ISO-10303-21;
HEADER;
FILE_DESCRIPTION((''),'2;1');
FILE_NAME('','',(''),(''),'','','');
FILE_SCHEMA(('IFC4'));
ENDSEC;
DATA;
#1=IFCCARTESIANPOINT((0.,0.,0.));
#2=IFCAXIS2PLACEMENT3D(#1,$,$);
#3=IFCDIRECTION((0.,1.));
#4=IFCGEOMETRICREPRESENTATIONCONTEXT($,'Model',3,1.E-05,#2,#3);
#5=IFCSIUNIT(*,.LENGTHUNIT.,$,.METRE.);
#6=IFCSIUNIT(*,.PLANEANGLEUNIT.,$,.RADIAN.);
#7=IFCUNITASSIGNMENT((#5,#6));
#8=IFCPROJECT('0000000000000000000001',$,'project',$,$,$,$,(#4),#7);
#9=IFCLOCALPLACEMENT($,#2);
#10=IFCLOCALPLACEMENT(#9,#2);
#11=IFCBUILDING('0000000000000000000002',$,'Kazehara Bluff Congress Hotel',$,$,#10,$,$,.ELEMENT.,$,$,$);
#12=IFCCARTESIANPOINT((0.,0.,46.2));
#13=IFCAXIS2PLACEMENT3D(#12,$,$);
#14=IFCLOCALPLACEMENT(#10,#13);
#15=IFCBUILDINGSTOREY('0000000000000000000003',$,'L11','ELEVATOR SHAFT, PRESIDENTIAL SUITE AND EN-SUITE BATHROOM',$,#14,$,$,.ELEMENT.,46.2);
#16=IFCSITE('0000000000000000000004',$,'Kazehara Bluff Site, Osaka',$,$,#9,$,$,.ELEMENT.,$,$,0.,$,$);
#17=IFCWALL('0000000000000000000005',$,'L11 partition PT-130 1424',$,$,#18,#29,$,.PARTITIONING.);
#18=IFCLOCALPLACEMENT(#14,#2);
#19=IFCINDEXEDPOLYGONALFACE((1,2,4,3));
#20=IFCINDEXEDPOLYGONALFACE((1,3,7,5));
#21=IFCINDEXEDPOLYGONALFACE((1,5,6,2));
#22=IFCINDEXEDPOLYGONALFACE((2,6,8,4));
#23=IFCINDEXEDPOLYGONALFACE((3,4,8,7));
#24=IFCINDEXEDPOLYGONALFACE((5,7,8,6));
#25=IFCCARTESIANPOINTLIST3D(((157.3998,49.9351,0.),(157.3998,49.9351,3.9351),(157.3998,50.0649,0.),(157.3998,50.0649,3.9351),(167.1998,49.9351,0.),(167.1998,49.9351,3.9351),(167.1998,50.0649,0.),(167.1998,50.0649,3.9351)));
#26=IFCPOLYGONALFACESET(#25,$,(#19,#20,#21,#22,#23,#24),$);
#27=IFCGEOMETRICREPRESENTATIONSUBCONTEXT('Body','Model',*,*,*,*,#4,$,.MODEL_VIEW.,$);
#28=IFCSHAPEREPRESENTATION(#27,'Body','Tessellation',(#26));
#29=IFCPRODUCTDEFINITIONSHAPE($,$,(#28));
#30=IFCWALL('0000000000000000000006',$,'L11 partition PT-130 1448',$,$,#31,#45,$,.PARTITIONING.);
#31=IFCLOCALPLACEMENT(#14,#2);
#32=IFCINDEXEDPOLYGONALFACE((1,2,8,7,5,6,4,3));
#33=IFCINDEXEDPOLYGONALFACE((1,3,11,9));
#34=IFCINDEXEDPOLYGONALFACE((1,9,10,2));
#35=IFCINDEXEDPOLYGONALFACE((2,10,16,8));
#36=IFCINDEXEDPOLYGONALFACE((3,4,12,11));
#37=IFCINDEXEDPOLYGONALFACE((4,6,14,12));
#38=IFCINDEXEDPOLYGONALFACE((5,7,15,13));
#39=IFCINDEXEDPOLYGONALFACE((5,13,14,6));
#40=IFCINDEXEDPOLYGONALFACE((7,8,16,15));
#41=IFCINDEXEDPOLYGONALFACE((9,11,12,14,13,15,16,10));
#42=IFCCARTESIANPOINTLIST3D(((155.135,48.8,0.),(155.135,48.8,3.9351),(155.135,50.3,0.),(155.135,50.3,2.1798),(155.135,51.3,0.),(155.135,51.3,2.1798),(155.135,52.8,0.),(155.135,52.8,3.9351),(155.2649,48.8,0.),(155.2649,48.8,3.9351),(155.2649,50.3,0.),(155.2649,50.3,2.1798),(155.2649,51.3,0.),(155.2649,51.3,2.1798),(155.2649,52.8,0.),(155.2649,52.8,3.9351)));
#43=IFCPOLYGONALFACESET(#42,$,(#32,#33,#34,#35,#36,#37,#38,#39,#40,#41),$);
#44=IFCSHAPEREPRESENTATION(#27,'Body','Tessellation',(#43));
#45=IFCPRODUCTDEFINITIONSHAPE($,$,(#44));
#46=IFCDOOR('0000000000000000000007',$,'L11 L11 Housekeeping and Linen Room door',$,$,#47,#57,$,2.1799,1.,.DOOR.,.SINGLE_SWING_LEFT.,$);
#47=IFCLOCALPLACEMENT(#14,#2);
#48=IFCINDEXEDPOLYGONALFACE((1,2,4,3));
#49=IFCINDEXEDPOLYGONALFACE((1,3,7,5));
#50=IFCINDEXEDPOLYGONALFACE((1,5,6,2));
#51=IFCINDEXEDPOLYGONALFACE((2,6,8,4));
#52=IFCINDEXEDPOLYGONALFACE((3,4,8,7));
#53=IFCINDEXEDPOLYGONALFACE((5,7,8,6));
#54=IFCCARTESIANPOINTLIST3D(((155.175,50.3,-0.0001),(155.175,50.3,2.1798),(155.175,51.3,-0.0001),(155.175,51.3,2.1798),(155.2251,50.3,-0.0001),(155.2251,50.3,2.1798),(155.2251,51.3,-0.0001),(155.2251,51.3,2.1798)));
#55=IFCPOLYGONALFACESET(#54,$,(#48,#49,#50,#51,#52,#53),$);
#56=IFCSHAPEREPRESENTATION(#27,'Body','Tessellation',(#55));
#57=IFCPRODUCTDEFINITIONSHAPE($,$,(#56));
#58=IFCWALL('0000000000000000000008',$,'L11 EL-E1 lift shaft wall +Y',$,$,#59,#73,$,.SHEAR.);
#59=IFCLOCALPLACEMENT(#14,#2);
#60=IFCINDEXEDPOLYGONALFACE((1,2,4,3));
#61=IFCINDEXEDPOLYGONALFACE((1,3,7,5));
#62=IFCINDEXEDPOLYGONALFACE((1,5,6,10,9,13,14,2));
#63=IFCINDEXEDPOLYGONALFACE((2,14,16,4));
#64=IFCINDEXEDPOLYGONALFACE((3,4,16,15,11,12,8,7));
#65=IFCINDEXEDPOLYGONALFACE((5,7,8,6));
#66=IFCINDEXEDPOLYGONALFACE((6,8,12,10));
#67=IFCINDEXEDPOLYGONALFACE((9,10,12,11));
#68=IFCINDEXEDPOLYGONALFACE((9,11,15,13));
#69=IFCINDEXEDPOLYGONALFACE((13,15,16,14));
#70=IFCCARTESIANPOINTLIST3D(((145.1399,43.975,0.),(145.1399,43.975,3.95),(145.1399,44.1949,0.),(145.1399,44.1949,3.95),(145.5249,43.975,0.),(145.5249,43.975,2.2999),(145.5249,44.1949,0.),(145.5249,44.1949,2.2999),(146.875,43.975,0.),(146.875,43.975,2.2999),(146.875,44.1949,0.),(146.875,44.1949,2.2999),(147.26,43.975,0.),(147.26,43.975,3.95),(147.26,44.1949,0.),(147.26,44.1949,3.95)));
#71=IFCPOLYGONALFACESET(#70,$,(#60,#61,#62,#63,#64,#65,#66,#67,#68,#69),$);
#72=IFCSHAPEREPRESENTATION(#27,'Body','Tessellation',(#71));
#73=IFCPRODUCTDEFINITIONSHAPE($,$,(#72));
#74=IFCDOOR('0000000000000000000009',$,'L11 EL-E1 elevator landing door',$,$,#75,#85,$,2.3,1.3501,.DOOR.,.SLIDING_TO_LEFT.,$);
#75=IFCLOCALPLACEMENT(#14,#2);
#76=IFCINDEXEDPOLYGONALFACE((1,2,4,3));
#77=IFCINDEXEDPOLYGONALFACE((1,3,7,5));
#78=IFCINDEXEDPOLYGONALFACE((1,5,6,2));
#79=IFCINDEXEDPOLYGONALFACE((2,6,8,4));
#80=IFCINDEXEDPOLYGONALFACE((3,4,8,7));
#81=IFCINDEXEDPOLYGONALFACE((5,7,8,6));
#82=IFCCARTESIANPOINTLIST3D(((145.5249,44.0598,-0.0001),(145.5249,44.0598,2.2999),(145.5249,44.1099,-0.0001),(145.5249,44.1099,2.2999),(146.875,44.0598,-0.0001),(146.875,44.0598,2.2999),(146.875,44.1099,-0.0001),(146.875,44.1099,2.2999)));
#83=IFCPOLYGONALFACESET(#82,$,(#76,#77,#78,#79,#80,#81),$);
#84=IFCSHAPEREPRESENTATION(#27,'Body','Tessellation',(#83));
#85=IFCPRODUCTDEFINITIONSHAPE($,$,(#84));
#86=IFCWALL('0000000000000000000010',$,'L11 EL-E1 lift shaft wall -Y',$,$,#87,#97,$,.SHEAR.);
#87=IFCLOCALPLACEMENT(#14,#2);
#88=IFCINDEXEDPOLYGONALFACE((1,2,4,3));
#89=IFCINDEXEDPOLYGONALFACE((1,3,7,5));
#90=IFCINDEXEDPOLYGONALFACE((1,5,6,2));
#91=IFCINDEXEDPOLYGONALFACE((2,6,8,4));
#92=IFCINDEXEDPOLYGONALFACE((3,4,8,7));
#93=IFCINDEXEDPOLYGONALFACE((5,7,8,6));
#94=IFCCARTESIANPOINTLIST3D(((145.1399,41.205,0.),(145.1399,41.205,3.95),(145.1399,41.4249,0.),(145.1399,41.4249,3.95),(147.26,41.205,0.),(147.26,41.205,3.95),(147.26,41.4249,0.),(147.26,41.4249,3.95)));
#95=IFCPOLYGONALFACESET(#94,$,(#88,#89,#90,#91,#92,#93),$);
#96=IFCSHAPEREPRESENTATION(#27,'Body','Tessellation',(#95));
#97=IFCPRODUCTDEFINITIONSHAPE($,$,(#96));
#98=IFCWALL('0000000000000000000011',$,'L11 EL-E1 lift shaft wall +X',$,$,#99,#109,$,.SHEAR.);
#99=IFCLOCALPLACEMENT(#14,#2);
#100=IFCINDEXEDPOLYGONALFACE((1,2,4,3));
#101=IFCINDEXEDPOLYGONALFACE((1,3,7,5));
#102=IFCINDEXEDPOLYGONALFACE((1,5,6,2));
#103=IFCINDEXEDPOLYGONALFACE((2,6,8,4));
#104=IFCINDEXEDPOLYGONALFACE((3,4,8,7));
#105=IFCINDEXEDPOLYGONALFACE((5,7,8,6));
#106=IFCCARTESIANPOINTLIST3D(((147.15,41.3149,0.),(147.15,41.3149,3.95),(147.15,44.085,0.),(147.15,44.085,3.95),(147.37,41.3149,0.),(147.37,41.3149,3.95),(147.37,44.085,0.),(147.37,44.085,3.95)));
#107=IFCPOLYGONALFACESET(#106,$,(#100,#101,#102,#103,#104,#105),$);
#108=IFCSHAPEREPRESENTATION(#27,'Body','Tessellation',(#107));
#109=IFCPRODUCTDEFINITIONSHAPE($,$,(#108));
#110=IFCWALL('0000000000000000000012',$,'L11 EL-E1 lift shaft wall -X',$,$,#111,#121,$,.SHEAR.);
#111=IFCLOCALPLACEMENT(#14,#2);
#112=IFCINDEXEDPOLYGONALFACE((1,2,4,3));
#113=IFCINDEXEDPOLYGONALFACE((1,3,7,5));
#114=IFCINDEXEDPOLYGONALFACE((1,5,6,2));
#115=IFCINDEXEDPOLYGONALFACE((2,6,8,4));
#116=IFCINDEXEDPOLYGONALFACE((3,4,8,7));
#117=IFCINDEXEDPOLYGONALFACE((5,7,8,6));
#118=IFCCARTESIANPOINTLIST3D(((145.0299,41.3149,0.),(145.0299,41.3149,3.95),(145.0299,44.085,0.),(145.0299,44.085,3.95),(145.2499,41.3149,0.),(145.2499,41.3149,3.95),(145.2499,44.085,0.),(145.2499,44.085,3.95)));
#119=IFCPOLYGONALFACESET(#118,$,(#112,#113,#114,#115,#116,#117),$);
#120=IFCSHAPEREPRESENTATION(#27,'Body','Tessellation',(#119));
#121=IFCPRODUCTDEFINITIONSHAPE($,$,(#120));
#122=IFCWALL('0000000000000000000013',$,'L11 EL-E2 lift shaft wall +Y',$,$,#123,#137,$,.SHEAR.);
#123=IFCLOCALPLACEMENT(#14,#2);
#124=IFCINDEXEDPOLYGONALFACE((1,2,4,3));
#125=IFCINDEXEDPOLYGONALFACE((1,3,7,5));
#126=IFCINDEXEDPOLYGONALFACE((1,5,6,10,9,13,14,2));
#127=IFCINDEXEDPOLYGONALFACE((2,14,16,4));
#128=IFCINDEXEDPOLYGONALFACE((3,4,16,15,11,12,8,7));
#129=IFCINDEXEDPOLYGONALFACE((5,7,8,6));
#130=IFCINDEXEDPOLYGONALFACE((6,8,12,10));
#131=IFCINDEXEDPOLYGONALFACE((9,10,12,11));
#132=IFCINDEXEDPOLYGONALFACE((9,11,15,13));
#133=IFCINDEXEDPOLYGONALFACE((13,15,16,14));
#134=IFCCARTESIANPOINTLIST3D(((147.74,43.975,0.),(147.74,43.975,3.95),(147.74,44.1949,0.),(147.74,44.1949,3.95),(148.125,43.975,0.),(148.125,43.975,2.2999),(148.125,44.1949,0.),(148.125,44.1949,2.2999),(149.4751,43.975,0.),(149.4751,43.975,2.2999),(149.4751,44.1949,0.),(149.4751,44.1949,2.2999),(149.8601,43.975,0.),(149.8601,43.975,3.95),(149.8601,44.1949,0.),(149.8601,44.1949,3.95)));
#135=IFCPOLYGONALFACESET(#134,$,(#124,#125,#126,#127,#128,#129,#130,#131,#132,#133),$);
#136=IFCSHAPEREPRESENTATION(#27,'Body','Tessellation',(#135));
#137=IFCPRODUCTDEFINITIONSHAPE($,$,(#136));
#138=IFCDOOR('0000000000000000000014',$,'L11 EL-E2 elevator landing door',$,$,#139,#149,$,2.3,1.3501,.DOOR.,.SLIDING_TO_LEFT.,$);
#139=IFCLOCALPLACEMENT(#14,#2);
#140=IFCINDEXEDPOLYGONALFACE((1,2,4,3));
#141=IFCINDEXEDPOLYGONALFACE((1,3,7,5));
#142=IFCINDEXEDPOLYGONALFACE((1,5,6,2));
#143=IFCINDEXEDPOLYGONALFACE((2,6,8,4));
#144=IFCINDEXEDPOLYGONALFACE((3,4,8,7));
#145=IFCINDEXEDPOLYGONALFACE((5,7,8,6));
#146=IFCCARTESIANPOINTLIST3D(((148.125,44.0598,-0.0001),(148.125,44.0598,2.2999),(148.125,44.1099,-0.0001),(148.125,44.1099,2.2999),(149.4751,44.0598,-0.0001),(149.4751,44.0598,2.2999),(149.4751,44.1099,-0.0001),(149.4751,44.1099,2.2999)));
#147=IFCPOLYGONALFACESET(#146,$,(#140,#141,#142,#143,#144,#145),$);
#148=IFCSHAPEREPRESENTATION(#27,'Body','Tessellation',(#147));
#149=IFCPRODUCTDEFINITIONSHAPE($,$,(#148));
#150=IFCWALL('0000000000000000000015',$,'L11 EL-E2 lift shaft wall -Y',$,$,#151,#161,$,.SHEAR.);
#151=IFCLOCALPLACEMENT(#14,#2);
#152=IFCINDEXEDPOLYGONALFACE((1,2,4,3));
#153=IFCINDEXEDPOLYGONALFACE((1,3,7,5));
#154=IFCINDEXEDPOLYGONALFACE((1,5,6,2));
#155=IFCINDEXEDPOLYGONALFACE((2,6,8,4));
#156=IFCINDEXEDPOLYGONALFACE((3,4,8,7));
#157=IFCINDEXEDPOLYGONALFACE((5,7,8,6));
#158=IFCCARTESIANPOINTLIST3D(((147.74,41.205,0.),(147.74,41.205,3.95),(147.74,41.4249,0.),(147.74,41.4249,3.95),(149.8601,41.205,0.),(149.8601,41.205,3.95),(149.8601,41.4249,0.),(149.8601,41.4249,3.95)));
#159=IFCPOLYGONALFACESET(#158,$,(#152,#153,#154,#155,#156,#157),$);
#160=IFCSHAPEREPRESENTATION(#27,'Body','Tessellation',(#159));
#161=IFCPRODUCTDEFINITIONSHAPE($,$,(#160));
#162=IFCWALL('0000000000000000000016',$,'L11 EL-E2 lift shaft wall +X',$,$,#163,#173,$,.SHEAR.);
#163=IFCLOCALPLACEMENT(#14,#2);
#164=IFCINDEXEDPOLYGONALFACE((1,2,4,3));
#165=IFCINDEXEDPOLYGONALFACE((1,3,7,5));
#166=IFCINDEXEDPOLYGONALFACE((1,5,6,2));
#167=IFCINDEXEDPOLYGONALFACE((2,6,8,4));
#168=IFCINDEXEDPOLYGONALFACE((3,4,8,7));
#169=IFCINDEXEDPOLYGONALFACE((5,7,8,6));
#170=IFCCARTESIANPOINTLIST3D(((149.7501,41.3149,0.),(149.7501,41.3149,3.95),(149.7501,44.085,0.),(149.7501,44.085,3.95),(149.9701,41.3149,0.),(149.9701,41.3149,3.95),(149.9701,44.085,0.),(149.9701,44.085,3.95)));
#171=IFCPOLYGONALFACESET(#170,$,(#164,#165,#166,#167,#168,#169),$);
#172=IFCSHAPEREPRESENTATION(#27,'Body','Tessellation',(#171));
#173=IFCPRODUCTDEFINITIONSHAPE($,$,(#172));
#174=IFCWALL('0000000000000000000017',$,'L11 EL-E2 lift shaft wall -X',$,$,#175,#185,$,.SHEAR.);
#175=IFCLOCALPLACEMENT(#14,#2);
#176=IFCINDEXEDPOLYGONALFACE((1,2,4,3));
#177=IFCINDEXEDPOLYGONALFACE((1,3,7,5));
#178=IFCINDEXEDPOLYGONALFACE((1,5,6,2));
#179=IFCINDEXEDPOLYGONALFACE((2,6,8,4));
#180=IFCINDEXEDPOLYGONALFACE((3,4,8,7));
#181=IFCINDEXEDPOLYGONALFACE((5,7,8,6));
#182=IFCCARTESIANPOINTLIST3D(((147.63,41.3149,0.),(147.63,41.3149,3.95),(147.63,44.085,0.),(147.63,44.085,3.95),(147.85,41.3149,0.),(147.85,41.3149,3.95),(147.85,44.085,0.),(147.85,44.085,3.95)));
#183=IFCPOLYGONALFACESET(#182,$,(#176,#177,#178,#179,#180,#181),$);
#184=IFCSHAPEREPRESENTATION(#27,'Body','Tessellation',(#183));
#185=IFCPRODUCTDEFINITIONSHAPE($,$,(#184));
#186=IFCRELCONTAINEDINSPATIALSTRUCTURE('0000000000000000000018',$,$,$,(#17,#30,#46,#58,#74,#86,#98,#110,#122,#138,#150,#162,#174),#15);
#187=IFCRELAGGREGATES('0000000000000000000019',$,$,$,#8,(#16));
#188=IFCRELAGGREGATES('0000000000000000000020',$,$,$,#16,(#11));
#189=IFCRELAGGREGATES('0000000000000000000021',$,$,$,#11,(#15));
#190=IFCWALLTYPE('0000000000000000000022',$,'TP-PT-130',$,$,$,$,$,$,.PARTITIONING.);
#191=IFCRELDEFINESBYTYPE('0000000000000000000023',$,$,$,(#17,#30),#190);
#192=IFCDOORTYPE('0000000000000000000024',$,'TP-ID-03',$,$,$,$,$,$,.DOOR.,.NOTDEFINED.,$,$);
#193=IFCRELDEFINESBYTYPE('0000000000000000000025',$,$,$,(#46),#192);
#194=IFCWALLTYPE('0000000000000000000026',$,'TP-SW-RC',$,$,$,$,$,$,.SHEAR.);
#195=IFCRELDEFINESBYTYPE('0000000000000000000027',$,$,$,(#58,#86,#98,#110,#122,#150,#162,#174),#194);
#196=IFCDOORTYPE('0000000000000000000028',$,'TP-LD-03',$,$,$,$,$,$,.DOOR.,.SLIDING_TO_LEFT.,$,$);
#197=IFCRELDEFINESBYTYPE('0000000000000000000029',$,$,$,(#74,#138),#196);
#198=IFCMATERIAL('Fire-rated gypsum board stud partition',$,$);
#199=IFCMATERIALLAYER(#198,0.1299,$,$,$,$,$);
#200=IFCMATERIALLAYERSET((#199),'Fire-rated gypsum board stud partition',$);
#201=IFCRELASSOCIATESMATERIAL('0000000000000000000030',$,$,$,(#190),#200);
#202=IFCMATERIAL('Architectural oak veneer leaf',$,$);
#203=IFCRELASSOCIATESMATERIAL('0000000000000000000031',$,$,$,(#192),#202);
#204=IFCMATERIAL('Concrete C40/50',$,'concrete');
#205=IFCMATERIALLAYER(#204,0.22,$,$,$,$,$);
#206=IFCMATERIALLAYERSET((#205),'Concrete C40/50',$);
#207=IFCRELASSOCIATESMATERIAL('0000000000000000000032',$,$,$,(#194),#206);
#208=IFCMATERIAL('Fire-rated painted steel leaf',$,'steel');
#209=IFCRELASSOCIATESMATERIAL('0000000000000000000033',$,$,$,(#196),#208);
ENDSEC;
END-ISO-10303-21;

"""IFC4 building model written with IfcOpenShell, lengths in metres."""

from ifc_helpers import new_model, si_unit, direction, frame, frame_2d, origin, place, context, subcontext, project, spatial, rectangle, extrude, material, layer, layer_set, type_object, element, fill, save


model = new_model("IFC4")

# Units and contexts
model_context = context("Model", 3, precision=1e-05, world=origin(), true_north=direction((0.0, 1.0)))
body_context = subcontext(model_context, "Body", "Model", "MODEL_VIEW")
ifc_project = project(units=[si_unit("LENGTHUNIT", "METRE"), si_unit("PLANEANGLEUNIT", "RADIAN")], contexts=[model_context])

# Site, building, storey
site_placement = place(None, origin())
site = spatial("IfcSite", under=ifc_project, at=site_placement, Name="Kazehara Bluff Site, Osaka", CompositionType="ELEMENT", RefElevation=0.0)
building_placement = place(site_placement, origin())
building = spatial("IfcBuilding", under=site, at=building_placement, Name="Kazehara Bluff Congress Hotel", CompositionType="ELEMENT")
storey_placement = place(building_placement, frame((0.0, 0.0, 46.2)))
storey = spatial("IfcBuildingStorey", under=building, at=storey_placement, Name="L11", Description="ELEVATOR SHAFT, PRESIDENTIAL SUITE AND EN-SUITE BATHROOM", CompositionType="ELEMENT", Elevation=46.2)

# Wall
ifc_material_1 = material(Name="Fire-rated gypsum board stud partition")
ifc_layer_1 = layer(ifc_material_1, 0.1299)
ifc_layer_set_1 = layer_set([ifc_layer_1], Name="Fire-rated gypsum board stud partition")
wall_type_1 = type_object("IfcWallType", Name="TP-PT-130", PredefinedType="PARTITIONING", material=ifc_layer_set_1)
wall_1_placement = place(storey_placement, frame((157.3999, 50.0, 0.0), z_axis=(0.0, 0.0, 1.0), x_axis=(1.0, 0.0, 0.0)))
element("IfcWall", 1, at=wall_1_placement, inside=storey, type_object=wall_type_1, Name="L11 partition PT-130 1424", PredefinedType="PARTITIONING", context=body_context, shape_type="SweptSolid", body=[
    extrude(rectangle(XDim=9.8, YDim=0.1299, at=frame_2d((4.8999, 0.0))), origin(), (0.0, 0.0, 1.0), 3.9351),
])

# Walls, openings, doors
wall_2_placement = place(storey_placement, frame((155.2, 48.8, 0.0), z_axis=(0.0, 0.0, 1.0), x_axis=(0.0, 1.0, 0.0)))
wall_2 = element("IfcWall", 2, at=wall_2_placement, inside=storey, type_object=wall_type_1, Name="L11 partition PT-130 1448", PredefinedType="PARTITIONING", context=body_context, shape_type="SweptSolid", body=[
    extrude(rectangle(XDim=4.0, YDim=0.1299, at=frame_2d((2.0, 0.0))), origin(), (0.0, 0.0, 1.0), 3.9351),
])
opening_1_placement = place(wall_2_placement, frame((1.5, 0.0, 0.0)))
opening_1 = element("IfcOpeningElement", 3, at=opening_1_placement, cuts=wall_2, PredefinedType="OPENING", context=body_context, shape_type="SweptSolid", body=[
    extrude(rectangle(XDim=1.0, YDim=2.1799, at=frame_2d((0.5, 1.0898))), frame((0.0, 0.075, 0.0), z_axis=(0.0, -1.0, 0.0), x_axis=(1.0, 0.0, 0.0)), (0.0, 0.0, 1.0), 0.1499),
])
ifc_material_2 = material(Name="Architectural oak veneer leaf")
door_type_1 = type_object("IfcDoorType", Name="TP-ID-03", OperationType="NOTDEFINED", PredefinedType="DOOR", material=ifc_material_2)
door_1_placement = place(opening_1_placement, origin())
door_1 = element("IfcDoor", 4, at=door_1_placement, inside=storey, type_object=door_type_1, Name="L11 L11 Housekeeping and Linen Room door", OperationType="SINGLE_SWING_LEFT", OverallHeight=2.1799, OverallWidth=1.0, PredefinedType="DOOR", context=body_context, shape_type="SweptSolid", body=[
    extrude(rectangle(XDim=1.0, YDim=2.1799, at=frame_2d((0.5, 1.0898))), frame((0.0, 0.0249, 0.0), z_axis=(0.0, -1.0, 0.0), x_axis=(1.0, 0.0, 0.0)), (0.0, 0.0, 1.0), 0.05),
])
fill(opening_1, door_1)
ifc_material_3 = material(Name="Concrete C40/50", Category="concrete")
ifc_layer_2 = layer(ifc_material_3, 0.22)
ifc_layer_set_2 = layer_set([ifc_layer_2], Name="Concrete C40/50")
wall_type_2 = type_object("IfcWallType", Name="TP-SW-RC", PredefinedType="SHEAR", material=ifc_layer_set_2)
wall_3_placement = place(storey_placement, frame((145.1399, 44.085, 0.0), z_axis=(0.0, 0.0, 1.0), x_axis=(1.0, 0.0, 0.0)))
wall_3 = element("IfcWall", 5, at=wall_3_placement, inside=storey, type_object=wall_type_2, Name="L11 EL-E1 lift shaft wall +Y", PredefinedType="SHEAR", context=body_context, shape_type="SweptSolid", body=[
    extrude(rectangle(XDim=2.1201, YDim=0.22, at=frame_2d((1.0601, 0.0))), origin(), (0.0, 0.0, 1.0), 3.95),
])
opening_2_placement = place(wall_3_placement, frame((0.385, 0.0, 0.0)))
opening_2 = element("IfcOpeningElement", 6, at=opening_2_placement, cuts=wall_3, PredefinedType="OPENING", context=body_context, shape_type="SweptSolid", body=[
    extrude(rectangle(XDim=1.3501, YDim=2.3, at=frame_2d((0.675, 1.1499))), frame((0.0, 0.1199, 0.0), z_axis=(0.0, -1.0, 0.0), x_axis=(1.0, 0.0, 0.0)), (0.0, 0.0, 1.0), 0.24),
])
ifc_material_4 = material(Name="Fire-rated painted steel leaf", Category="steel")
door_type_2 = type_object("IfcDoorType", Name="TP-LD-03", OperationType="SLIDING_TO_LEFT", PredefinedType="DOOR", material=ifc_material_4)
door_2_placement = place(opening_2_placement, origin())
door_2 = element("IfcDoor", 7, at=door_2_placement, inside=storey, type_object=door_type_2, Name="L11 EL-E1 elevator landing door", OperationType="SLIDING_TO_LEFT", OverallHeight=2.3, OverallWidth=1.3501, PredefinedType="DOOR", context=body_context, shape_type="SweptSolid", body=[
    extrude(rectangle(XDim=1.3501, YDim=2.3, at=frame_2d((0.675, 1.1499))), frame((0.0, 0.0249, 0.0), z_axis=(0.0, -1.0, 0.0), x_axis=(1.0, 0.0, 0.0)), (0.0, 0.0, 1.0), 0.05),
])
fill(opening_2, door_2)

# Walls
wall_4_placement = place(storey_placement, frame((145.1399, 41.3149, 0.0), z_axis=(0.0, 0.0, 1.0), x_axis=(1.0, 0.0, 0.0)))
element("IfcWall", 8, at=wall_4_placement, inside=storey, type_object=wall_type_2, Name="L11 EL-E1 lift shaft wall -Y", PredefinedType="SHEAR", context=body_context, shape_type="SweptSolid", body=[
    extrude(rectangle(XDim=2.1201, YDim=0.22, at=frame_2d((1.0601, 0.0))), origin(), (0.0, 0.0, 1.0), 3.95),
])
for number, where, z_axis, x_axis, name in (
    (9, (147.26, 41.3149, 0.0), (0.0, 0.0, 1.0), (0.0, 1.0, 0.0), "L11 EL-E1 lift shaft wall +X"),
    (10, (145.1399, 41.3149, 0.0), (0.0, 0.0, 1.0), (0.0, 1.0, 0.0), "L11 EL-E1 lift shaft wall -X"),
):
    element("IfcWall", number, at=place(storey_placement, frame(where, z_axis=z_axis, x_axis=x_axis)), inside=storey, type_object=wall_type_2, Name=name, PredefinedType="SHEAR", context=body_context, shape_type="SweptSolid", body=[
        extrude(rectangle(XDim=2.77, YDim=0.22, at=frame_2d((1.385, 0.0))), origin(), (0.0, 0.0, 1.0), 3.95),
    ])

# Wall, opening, door
wall_5_placement = place(storey_placement, frame((147.74, 44.085, 0.0), z_axis=(0.0, 0.0, 1.0), x_axis=(1.0, 0.0, 0.0)))
wall_5 = element("IfcWall", 11, at=wall_5_placement, inside=storey, type_object=wall_type_2, Name="L11 EL-E2 lift shaft wall +Y", PredefinedType="SHEAR", context=body_context, shape_type="SweptSolid", body=[
    extrude(rectangle(XDim=2.1201, YDim=0.22, at=frame_2d((1.0601, 0.0))), origin(), (0.0, 0.0, 1.0), 3.95),
])
opening_3_placement = place(wall_5_placement, frame((0.385, 0.0, 0.0)))
opening_3 = element("IfcOpeningElement", 12, at=opening_3_placement, cuts=wall_5, PredefinedType="OPENING", context=body_context, shape_type="SweptSolid", body=[
    extrude(rectangle(XDim=1.3501, YDim=2.3, at=frame_2d((0.675, 1.1499))), frame((0.0, 0.1199, 0.0), z_axis=(0.0, -1.0, 0.0), x_axis=(1.0, 0.0, 0.0)), (0.0, 0.0, 1.0), 0.24),
])
door_3_placement = place(opening_3_placement, origin())
door_3 = element("IfcDoor", 13, at=door_3_placement, inside=storey, type_object=door_type_2, Name="L11 EL-E2 elevator landing door", OperationType="SLIDING_TO_LEFT", OverallHeight=2.3, OverallWidth=1.3501, PredefinedType="DOOR", context=body_context, shape_type="SweptSolid", body=[
    extrude(rectangle(XDim=1.3501, YDim=2.3, at=frame_2d((0.675, 1.1499))), frame((0.0, 0.0249, 0.0), z_axis=(0.0, -1.0, 0.0), x_axis=(1.0, 0.0, 0.0)), (0.0, 0.0, 1.0), 0.05),
])
fill(opening_3, door_3)

# Walls
wall_6_placement = place(storey_placement, frame((147.74, 41.3149, 0.0), z_axis=(0.0, 0.0, 1.0), x_axis=(1.0, 0.0, 0.0)))
element("IfcWall", 14, at=wall_6_placement, inside=storey, type_object=wall_type_2, Name="L11 EL-E2 lift shaft wall -Y", PredefinedType="SHEAR", context=body_context, shape_type="SweptSolid", body=[
    extrude(rectangle(XDim=2.1201, YDim=0.22, at=frame_2d((1.0601, 0.0))), origin(), (0.0, 0.0, 1.0), 3.95),
])
for number, where, z_axis, x_axis, name in (
    (15, (149.8601, 41.3149, 0.0), (0.0, 0.0, 1.0), (0.0, 1.0, 0.0), "L11 EL-E2 lift shaft wall +X"),
    (16, (147.74, 41.3149, 0.0), (0.0, 0.0, 1.0), (0.0, 1.0, 0.0), "L11 EL-E2 lift shaft wall -X"),
):
    element("IfcWall", number, at=place(storey_placement, frame(where, z_axis=z_axis, x_axis=x_axis)), inside=storey, type_object=wall_type_2, Name=name, PredefinedType="SHEAR", context=body_context, shape_type="SweptSolid", body=[
        extrude(rectangle(XDim=2.77, YDim=0.22, at=frame_2d((1.385, 0.0))), origin(), (0.0, 0.0, 1.0), 3.95),
    ])

save(model, "model.ifc")
